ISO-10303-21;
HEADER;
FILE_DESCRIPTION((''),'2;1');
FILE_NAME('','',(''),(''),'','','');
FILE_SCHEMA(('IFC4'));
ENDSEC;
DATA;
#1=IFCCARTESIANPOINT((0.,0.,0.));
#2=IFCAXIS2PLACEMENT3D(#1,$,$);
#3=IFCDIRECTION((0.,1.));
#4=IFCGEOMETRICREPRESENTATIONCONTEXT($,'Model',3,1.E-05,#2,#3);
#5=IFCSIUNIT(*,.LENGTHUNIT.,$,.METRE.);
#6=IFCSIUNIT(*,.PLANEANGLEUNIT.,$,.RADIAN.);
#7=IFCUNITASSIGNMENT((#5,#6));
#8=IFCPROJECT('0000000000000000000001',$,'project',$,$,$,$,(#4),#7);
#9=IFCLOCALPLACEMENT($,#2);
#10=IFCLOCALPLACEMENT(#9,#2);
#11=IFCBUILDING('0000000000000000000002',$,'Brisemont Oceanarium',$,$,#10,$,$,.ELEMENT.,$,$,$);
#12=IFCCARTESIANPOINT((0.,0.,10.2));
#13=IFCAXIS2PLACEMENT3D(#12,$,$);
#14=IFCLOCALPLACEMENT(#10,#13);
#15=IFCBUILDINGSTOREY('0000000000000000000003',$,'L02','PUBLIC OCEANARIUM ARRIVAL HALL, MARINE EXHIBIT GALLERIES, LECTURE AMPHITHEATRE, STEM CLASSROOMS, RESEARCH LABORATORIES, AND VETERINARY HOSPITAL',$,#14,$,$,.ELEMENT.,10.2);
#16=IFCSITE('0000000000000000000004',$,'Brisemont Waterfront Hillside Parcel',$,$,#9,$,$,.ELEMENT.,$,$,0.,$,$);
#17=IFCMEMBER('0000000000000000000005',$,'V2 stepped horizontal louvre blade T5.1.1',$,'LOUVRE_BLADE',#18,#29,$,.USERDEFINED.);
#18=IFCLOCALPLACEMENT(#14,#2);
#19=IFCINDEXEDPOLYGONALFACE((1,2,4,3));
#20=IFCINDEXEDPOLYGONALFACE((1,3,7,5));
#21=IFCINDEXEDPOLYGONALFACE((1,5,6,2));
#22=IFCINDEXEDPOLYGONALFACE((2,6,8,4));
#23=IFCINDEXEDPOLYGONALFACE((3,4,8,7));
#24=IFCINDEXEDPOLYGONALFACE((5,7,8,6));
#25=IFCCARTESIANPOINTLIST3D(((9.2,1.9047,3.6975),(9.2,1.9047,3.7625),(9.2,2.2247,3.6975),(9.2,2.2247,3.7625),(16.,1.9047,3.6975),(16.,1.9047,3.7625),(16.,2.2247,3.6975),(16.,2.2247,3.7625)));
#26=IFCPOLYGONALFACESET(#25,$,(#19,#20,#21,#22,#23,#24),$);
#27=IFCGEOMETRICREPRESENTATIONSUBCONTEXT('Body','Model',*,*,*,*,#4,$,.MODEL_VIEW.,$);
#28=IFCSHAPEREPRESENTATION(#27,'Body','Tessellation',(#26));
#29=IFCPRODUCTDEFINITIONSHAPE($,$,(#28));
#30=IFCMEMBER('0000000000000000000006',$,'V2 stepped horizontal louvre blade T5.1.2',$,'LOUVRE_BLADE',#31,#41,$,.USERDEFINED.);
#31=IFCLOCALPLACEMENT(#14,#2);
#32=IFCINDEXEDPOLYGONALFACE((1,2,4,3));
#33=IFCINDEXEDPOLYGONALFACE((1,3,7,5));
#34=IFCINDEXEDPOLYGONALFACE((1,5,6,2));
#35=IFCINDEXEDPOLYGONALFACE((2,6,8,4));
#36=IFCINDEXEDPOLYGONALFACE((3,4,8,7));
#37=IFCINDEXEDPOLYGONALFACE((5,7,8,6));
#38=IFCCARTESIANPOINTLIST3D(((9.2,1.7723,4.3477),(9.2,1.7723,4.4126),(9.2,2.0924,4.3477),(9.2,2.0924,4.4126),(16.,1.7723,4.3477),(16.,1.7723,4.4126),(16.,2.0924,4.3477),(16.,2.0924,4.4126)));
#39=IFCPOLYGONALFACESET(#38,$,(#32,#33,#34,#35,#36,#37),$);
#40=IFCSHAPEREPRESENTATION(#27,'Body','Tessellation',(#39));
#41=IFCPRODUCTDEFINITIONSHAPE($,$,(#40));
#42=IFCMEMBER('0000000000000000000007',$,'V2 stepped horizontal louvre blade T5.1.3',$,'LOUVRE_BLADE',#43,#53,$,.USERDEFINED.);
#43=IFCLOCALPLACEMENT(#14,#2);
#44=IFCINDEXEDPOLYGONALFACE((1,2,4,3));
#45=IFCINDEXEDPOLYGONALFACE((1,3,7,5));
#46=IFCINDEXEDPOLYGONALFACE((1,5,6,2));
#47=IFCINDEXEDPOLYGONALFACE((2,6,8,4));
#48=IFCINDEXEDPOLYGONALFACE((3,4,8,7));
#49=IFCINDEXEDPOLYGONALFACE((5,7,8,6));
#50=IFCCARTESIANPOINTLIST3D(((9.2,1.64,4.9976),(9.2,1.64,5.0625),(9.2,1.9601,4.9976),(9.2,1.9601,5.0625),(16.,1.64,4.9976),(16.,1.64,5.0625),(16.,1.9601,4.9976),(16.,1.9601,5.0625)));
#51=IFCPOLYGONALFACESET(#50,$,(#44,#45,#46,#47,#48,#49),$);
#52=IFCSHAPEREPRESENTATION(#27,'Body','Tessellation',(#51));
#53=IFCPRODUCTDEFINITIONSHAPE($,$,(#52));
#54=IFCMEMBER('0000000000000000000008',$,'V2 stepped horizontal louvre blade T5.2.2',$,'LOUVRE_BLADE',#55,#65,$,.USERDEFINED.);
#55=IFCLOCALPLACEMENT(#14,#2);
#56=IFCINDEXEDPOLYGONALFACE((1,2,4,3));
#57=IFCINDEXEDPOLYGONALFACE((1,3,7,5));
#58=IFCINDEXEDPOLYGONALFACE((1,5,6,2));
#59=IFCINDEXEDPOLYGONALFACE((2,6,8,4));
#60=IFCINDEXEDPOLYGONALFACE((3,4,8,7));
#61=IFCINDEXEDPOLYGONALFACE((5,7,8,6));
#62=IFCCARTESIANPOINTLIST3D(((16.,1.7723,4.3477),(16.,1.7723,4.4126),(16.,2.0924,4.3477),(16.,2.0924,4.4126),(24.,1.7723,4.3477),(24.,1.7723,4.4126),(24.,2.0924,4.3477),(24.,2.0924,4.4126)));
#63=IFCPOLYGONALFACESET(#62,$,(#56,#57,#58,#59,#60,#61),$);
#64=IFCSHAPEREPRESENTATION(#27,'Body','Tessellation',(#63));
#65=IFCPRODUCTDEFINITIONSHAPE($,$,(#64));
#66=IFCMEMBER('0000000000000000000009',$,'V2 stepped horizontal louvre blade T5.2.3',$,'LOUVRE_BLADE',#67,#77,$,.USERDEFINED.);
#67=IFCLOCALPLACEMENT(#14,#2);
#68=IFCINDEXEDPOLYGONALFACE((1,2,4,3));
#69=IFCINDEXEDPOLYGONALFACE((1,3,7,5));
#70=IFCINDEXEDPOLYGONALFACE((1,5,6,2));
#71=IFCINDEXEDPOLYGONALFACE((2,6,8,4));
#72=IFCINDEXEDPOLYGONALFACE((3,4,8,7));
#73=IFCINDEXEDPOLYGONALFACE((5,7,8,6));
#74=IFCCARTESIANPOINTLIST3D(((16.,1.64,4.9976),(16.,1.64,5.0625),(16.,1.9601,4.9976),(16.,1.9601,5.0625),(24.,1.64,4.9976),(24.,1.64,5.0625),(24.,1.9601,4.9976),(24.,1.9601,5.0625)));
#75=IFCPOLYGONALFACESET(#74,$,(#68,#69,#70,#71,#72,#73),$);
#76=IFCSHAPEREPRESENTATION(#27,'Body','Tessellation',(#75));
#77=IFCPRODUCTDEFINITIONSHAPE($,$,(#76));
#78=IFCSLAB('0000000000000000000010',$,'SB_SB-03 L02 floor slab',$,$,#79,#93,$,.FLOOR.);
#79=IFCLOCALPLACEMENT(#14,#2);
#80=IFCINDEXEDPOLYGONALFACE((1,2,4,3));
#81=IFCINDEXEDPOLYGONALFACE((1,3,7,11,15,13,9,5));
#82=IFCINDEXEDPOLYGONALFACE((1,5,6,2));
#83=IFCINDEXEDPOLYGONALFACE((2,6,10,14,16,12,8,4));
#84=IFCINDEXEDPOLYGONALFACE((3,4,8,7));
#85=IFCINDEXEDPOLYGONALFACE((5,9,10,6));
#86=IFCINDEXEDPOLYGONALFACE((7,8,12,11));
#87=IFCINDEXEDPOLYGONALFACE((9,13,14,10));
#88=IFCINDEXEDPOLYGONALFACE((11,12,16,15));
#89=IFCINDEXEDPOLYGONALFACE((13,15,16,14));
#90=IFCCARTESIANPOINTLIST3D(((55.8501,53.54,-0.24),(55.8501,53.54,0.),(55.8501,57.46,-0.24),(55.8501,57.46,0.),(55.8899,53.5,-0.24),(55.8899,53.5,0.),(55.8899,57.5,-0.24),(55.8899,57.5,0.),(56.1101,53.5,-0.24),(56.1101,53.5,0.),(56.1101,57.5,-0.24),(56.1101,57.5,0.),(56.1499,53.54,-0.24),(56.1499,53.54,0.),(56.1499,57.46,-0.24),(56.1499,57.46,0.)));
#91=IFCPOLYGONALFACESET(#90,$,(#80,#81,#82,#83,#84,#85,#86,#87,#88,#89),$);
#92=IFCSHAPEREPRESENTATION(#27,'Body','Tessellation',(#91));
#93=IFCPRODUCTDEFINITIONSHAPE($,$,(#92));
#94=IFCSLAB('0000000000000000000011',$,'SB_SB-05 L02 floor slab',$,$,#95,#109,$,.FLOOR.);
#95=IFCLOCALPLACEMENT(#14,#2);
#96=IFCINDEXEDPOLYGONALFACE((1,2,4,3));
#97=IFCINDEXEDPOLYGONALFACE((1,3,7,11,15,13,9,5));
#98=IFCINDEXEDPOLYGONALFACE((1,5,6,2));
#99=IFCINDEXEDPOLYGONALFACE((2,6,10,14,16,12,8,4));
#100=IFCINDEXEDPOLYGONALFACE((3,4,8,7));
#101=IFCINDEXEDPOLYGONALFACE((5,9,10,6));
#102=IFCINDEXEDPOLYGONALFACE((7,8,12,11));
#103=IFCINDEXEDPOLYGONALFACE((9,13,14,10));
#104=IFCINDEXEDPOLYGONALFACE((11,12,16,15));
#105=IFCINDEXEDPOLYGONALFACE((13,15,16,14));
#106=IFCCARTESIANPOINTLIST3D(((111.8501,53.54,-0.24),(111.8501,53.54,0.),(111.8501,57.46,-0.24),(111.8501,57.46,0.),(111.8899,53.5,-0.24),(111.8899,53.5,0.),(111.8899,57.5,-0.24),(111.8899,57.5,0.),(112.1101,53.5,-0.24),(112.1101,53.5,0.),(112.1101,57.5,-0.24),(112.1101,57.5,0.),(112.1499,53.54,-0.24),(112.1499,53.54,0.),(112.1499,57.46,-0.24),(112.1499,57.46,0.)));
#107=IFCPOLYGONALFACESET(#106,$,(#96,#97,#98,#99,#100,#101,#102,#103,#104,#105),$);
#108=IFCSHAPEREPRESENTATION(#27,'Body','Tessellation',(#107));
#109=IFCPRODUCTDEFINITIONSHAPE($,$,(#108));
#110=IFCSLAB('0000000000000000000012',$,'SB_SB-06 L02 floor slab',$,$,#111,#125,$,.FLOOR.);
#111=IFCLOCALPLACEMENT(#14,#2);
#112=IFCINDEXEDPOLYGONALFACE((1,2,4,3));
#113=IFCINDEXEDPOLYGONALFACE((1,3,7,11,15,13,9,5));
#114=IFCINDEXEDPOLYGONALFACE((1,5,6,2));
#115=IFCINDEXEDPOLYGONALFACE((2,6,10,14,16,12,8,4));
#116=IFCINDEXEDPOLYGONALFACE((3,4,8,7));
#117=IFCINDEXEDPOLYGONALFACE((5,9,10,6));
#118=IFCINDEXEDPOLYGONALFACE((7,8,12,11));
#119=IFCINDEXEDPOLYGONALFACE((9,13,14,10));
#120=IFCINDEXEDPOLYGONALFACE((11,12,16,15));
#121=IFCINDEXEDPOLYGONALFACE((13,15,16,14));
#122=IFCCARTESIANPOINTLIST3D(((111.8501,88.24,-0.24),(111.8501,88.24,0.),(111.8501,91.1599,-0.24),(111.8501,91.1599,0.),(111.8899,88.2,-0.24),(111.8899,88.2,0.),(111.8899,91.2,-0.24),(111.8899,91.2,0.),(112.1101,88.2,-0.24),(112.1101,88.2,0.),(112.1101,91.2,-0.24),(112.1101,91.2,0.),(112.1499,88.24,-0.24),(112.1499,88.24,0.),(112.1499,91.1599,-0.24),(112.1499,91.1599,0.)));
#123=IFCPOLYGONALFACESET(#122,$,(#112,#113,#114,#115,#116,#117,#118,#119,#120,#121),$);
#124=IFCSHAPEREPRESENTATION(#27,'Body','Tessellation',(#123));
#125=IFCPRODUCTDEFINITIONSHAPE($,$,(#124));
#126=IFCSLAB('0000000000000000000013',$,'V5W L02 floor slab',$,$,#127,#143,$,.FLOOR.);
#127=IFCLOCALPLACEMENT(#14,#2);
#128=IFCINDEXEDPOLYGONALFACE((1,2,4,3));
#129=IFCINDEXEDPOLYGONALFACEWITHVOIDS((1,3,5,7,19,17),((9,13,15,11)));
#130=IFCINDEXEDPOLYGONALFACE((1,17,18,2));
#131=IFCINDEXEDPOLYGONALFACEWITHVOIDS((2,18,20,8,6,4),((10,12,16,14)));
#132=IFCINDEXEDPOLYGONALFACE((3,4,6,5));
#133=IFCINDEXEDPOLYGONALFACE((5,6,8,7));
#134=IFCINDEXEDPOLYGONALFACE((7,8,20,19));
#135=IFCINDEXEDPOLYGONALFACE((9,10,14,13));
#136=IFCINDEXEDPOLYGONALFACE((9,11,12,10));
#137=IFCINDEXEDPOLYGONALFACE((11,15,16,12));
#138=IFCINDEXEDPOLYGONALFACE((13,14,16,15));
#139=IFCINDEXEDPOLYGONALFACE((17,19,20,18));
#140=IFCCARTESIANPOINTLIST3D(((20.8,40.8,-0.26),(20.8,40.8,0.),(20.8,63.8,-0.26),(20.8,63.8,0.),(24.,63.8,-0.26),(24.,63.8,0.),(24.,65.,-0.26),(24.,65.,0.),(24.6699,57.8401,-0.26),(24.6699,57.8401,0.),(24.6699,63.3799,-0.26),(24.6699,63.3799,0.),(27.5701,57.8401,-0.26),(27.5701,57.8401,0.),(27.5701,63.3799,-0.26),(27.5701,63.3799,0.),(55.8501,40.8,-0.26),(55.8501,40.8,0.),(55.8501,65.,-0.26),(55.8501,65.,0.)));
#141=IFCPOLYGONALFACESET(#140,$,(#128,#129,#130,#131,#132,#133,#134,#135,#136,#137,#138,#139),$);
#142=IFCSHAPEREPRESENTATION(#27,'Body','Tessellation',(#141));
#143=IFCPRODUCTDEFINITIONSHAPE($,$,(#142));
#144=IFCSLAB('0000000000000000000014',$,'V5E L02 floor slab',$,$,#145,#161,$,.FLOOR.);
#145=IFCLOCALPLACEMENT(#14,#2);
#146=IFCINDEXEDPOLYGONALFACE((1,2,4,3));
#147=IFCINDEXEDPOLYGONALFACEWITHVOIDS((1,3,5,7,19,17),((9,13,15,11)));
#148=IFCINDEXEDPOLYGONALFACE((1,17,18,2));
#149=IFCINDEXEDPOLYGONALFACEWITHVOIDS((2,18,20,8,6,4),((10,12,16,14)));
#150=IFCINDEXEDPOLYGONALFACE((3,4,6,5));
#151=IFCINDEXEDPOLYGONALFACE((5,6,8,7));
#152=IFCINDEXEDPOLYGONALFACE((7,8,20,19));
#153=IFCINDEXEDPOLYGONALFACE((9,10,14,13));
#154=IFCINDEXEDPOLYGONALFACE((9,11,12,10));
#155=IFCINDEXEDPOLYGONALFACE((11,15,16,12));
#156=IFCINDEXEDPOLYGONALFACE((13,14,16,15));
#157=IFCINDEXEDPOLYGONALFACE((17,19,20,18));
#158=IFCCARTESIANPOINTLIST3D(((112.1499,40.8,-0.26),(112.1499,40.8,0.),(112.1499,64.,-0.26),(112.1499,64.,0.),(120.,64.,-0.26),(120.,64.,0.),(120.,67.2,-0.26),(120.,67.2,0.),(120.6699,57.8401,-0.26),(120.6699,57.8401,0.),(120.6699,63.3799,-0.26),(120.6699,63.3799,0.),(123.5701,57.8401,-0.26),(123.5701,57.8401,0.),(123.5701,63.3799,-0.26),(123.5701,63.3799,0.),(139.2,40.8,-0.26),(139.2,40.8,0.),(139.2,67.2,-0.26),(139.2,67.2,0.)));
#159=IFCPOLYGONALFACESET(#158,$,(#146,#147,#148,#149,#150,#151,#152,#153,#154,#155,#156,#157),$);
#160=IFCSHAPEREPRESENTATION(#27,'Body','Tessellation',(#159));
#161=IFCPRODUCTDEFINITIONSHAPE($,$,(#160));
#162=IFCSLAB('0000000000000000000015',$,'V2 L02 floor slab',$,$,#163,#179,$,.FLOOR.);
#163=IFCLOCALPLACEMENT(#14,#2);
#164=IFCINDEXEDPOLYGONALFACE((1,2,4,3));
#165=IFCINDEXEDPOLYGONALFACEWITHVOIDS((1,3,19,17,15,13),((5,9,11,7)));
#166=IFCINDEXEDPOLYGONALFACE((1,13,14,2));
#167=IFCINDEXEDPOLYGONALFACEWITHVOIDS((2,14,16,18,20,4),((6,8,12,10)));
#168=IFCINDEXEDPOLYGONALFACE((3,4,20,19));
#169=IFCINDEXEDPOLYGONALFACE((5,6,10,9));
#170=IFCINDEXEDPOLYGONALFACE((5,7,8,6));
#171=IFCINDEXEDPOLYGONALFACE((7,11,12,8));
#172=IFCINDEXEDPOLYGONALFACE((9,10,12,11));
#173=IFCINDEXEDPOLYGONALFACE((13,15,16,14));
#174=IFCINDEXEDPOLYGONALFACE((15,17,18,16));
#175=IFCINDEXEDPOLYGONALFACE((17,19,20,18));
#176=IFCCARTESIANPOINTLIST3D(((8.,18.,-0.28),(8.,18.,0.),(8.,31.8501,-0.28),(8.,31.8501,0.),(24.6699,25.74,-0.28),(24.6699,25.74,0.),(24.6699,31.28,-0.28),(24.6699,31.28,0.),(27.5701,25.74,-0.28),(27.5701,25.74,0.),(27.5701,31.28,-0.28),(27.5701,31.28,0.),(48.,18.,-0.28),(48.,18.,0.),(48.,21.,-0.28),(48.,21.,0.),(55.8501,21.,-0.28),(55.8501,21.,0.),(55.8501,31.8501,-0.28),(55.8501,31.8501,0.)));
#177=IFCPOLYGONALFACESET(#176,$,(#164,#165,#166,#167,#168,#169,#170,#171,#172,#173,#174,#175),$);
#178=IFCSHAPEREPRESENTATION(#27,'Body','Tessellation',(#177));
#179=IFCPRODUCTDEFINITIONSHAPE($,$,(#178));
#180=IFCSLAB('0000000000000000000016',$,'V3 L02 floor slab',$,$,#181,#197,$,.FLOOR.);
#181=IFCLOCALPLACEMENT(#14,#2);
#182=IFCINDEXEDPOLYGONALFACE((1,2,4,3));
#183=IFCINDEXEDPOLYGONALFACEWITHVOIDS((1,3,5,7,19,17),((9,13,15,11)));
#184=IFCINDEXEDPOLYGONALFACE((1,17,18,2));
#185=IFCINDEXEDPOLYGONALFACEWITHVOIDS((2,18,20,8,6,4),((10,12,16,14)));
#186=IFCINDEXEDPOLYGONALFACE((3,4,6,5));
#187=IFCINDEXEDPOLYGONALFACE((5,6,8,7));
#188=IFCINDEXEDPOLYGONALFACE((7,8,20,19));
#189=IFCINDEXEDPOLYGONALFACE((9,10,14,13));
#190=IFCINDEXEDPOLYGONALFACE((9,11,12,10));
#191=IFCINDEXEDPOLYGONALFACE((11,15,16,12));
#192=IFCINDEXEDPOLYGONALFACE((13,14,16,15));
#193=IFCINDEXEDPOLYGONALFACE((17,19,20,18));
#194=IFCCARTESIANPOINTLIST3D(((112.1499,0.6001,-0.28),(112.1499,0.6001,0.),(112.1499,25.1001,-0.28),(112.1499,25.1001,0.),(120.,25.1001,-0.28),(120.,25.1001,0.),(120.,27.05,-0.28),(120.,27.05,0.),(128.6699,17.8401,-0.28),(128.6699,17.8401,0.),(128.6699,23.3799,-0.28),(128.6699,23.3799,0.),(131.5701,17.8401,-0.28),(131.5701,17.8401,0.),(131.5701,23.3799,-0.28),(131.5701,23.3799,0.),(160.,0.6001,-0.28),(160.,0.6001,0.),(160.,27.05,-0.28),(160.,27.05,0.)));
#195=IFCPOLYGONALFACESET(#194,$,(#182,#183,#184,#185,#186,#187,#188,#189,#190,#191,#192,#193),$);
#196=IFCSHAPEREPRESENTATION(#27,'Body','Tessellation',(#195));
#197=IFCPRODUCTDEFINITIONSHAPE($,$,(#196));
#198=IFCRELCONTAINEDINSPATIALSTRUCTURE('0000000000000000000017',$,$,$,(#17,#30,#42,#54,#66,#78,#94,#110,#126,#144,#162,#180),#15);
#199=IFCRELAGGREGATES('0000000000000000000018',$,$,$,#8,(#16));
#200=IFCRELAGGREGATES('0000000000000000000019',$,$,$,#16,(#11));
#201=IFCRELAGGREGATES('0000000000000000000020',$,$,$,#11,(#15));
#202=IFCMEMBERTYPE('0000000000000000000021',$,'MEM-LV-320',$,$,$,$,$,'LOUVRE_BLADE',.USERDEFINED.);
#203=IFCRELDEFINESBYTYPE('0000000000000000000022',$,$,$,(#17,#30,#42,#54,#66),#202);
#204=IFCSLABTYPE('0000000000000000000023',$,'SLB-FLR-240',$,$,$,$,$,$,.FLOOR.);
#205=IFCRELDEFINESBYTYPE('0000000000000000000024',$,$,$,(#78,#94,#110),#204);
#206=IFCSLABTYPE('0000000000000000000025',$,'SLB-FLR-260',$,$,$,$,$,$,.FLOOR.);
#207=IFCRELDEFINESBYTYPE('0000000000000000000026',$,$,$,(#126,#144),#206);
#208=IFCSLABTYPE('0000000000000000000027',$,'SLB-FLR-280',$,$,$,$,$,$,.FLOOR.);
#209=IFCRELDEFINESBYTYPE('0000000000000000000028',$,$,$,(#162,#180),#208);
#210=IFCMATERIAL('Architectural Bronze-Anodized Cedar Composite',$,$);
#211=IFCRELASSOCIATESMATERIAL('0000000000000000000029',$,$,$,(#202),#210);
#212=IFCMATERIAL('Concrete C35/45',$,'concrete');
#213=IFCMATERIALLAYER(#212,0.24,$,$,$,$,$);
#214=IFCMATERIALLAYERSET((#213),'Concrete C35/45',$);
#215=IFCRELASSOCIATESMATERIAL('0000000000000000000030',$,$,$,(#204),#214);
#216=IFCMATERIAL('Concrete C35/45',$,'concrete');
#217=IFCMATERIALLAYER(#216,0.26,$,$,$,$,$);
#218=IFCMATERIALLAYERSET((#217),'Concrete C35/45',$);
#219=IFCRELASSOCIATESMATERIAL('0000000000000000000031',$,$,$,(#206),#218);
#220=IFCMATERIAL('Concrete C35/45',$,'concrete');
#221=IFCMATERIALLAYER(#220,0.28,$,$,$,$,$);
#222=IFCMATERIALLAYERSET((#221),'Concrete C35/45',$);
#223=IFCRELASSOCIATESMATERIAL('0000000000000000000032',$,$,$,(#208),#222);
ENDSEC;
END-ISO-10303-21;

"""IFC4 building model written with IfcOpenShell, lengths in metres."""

from ifc_helpers import new_model, si_unit, direction, frame, origin, origin_2d, place, context, subcontext, project, spatial, polyline, rectangle, outline, extrude, material, layer, layer_set, material_profile, profile_set, type_object, element, save


model = new_model("IFC4")

# Units and contexts
model_context = context("Model", 3, precision=1e-05, world=origin(), true_north=direction((0.0, 1.0)))
body_context = subcontext(model_context, "Body", "Model", "MODEL_VIEW")
ifc_project = project(units=[si_unit("LENGTHUNIT", "METRE"), si_unit("PLANEANGLEUNIT", "RADIAN")], contexts=[model_context])

# Site, building, storey
site_placement = place(None, origin())
site = spatial("IfcSite", under=ifc_project, at=site_placement, Name="Brisemont Waterfront Hillside Parcel", CompositionType="ELEMENT", RefElevation=0.0)
building_placement = place(site_placement, origin())
building = spatial("IfcBuilding", under=site, at=building_placement, Name="Brisemont Oceanarium", CompositionType="ELEMENT")
storey_placement = place(building_placement, frame((0.0, 0.0, 10.2)))
storey = spatial("IfcBuildingStorey", under=building, at=storey_placement, Name="L02", Description="PUBLIC OCEANARIUM ARRIVAL HALL, MARINE EXHIBIT GALLERIES, LECTURE AMPHITHEATRE, STEM CLASSROOMS, RESEARCH LABORATORIES, AND VETERINARY HOSPITAL", CompositionType="ELEMENT", Elevation=10.2)

# Members
ifc_material_1 = material(Name="Architectural Bronze-Anodized Cedar Composite")
ifc_material_profile = material_profile(ifc_material_1, rectangle(XDim=0.3201, YDim=0.0649, at=origin_2d()), Name="LOUVRE-320X65")
ifc_profile_set = profile_set([ifc_material_profile], Name="Architectural Bronze-Anodized Cedar Composite")
member_type = type_object("IfcMemberType", Name="MEM-LV-320", ElementType="LOUVRE_BLADE", PredefinedType="USERDEFINED", material=ifc_profile_set)
for number, where, z_axis, x_axis, name in (
    (1, (9.2, 2.0647, 3.73), (1.0, 0.0, 0.0), (0.0, 1.0, 0.0), "V2 stepped horizontal louvre blade T5.1.1"),
    (2, (9.2, 1.9324, 4.3801), (1.0, 0.0, 0.0), (0.0, 1.0, 0.0), "V2 stepped horizontal louvre blade T5.1.2"),
    (3, (9.2, 1.8, 5.03), (1.0, 0.0, 0.0), (0.0, 1.0, 0.0), "V2 stepped horizontal louvre blade T5.1.3"),
):
    element("IfcMember", number, at=place(storey_placement, frame(where, z_axis=z_axis, x_axis=x_axis)), inside=storey, type_object=member_type, Name=name, ObjectType="LOUVRE_BLADE", PredefinedType="USERDEFINED", context=body_context, shape_type="SweptSolid", body=[
        extrude(rectangle(XDim=0.3201, YDim=0.0649, at=origin_2d()), origin(), (0.0, 0.0, 1.0), 6.8),
    ])
for number, where, z_axis, x_axis, name in (
    (4, (16.0, 1.9324, 4.3801), (1.0, 0.0, 0.0), (0.0, 1.0, 0.0), "V2 stepped horizontal louvre blade T5.2.2"),
    (5, (16.0, 1.8, 5.03), (1.0, 0.0, 0.0), (0.0, 1.0, 0.0), "V2 stepped horizontal louvre blade T5.2.3"),
):
    element("IfcMember", number, at=place(storey_placement, frame(where, z_axis=z_axis, x_axis=x_axis)), inside=storey, type_object=member_type, Name=name, ObjectType="LOUVRE_BLADE", PredefinedType="USERDEFINED", context=body_context, shape_type="SweptSolid", body=[
        extrude(rectangle(XDim=0.3201, YDim=0.0649, at=origin_2d()), origin(), (0.0, 0.0, 1.0), 8.0),
    ])

# Slabs
ifc_material_2 = material(Name="Concrete C35/45", Category="concrete")
ifc_layer_1 = layer(ifc_material_2, 0.24)
ifc_layer_set_1 = layer_set([ifc_layer_1], Name="Concrete C35/45")
slab_type_1 = type_object("IfcSlabType", Name="SLB-FLR-240", PredefinedType="FLOOR", material=ifc_layer_set_1)
slab_1_placement = place(storey_placement, frame((0.0, 0.0, -0.24)))
element("IfcSlab", 6, at=slab_1_placement, inside=storey, type_object=slab_type_1, Name="SB_SB-03 L02 floor slab", PredefinedType="FLOOR", context=body_context, shape_type="SweptSolid", body=[
    extrude(outline(polyline([(55.8899, 53.5), (56.1101, 53.5), (56.1499, 53.54), (56.1499, 57.46), (56.1101, 57.5), (55.8899, 57.5), (55.8501, 57.46), (55.8501, 53.54), (55.8899, 53.5)])), origin(), (0.0, 0.0, 1.0), 0.24),
])
slab_2_placement = place(storey_placement, frame((0.0, 0.0, -0.24)))
element("IfcSlab", 7, at=slab_2_placement, inside=storey, type_object=slab_type_1, Name="SB_SB-05 L02 floor slab", PredefinedType="FLOOR", context=body_context, shape_type="SweptSolid", body=[
    extrude(outline(polyline([(111.8899, 53.5), (112.1101, 53.5), (112.1499, 53.54), (112.1499, 57.46), (112.1101, 57.5), (111.8899, 57.5), (111.8501, 57.46), (111.8501, 53.54), (111.8899, 53.5)])), origin(), (0.0, 0.0, 1.0), 0.24),
])
slab_3_placement = place(storey_placement, frame((0.0, 0.0, -0.24)))
element("IfcSlab", 8, at=slab_3_placement, inside=storey, type_object=slab_type_1, Name="SB_SB-06 L02 floor slab", PredefinedType="FLOOR", context=body_context, shape_type="SweptSolid", body=[
    extrude(outline(polyline([(111.8899, 88.2), (112.1101, 88.2), (112.1499, 88.24), (112.1499, 91.1599), (112.1101, 91.2), (111.8899, 91.2), (111.8501, 91.1599), (111.8501, 88.24), (111.8899, 88.2)])), origin(), (0.0, 0.0, 1.0), 0.24),
])
ifc_material_3 = material(Name="Concrete C35/45", Category="concrete")
ifc_layer_2 = layer(ifc_material_3, 0.26)
ifc_layer_set_2 = layer_set([ifc_layer_2], Name="Concrete C35/45")
slab_type_2 = type_object("IfcSlabType", Name="SLB-FLR-260", PredefinedType="FLOOR", material=ifc_layer_set_2)
slab_4_placement = place(storey_placement, frame((0.0, 0.0, -0.26)))
element("IfcSlab", 9, at=slab_4_placement, inside=storey, type_object=slab_type_2, Name="V5W L02 floor slab", PredefinedType="FLOOR", context=body_context, shape_type="SweptSolid", body=[
    extrude(outline(polyline([(20.8, 40.8), (55.8501, 40.8), (55.8501, 65.0), (24.0, 65.0), (24.0, 63.8), (20.8, 63.8), (20.8, 40.8)]), holes=[polyline([(24.6699, 57.8401), (27.5701, 57.8401), (27.5701, 63.3799), (24.6699, 63.3799), (24.6699, 57.8401)])]), origin(), (0.0, 0.0, 1.0), 0.26),
])
slab_5_placement = place(storey_placement, frame((0.0, 0.0, -0.26)))
element("IfcSlab", 10, at=slab_5_placement, inside=storey, type_object=slab_type_2, Name="V5E L02 floor slab", PredefinedType="FLOOR", context=body_context, shape_type="SweptSolid", body=[
    extrude(outline(polyline([(112.1499, 40.8), (139.2, 40.8), (139.2, 67.2), (120.0, 67.2), (120.0, 64.0), (112.1499, 64.0), (112.1499, 40.8)]), holes=[polyline([(120.6699, 57.8401), (123.5701, 57.8401), (123.5701, 63.3799), (120.6699, 63.3799), (120.6699, 57.8401)])]), origin(), (0.0, 0.0, 1.0), 0.26),
])
ifc_material_4 = material(Name="Concrete C35/45", Category="concrete")
ifc_layer_3 = layer(ifc_material_4, 0.28)
ifc_layer_set_3 = layer_set([ifc_layer_3], Name="Concrete C35/45")
slab_type_3 = type_object("IfcSlabType", Name="SLB-FLR-280", PredefinedType="FLOOR", material=ifc_layer_set_3)
slab_6_placement = place(storey_placement, frame((0.0, 0.0, -0.28)))
element("IfcSlab", 11, at=slab_6_placement, inside=storey, type_object=slab_type_3, Name="V2 L02 floor slab", PredefinedType="FLOOR", context=body_context, shape_type="SweptSolid", body=[
    extrude(outline(polyline([(8.0, 18.0), (48.0, 18.0), (48.0, 21.0), (55.8501, 21.0), (55.8501, 31.8501), (8.0, 31.8501), (8.0, 18.0)]), holes=[polyline([(24.6699, 25.74), (27.5701, 25.74), (27.5701, 31.28), (24.6699, 31.28), (24.6699, 25.74)])]), origin(), (0.0, 0.0, 1.0), 0.28),
])
slab_7_placement = place(storey_placement, frame((0.0, 0.0, -0.28)))
element("IfcSlab", 12, at=slab_7_placement, inside=storey, type_object=slab_type_3, Name="V3 L02 floor slab", PredefinedType="FLOOR", context=body_context, shape_type="SweptSolid", body=[
    extrude(outline(polyline([(112.1499, 0.6001), (160.0, 0.6001), (160.0, 27.05), (120.0, 27.05), (120.0, 25.1001), (112.1499, 25.1001), (112.1499, 0.6001)]), holes=[polyline([(128.6699, 17.8401), (131.5701, 17.8401), (131.5701, 23.3799), (128.6699, 23.3799), (128.6699, 17.8401)])]), origin(), (0.0, 0.0, 1.0), 0.28),
])

save(model, "model.ifc")
